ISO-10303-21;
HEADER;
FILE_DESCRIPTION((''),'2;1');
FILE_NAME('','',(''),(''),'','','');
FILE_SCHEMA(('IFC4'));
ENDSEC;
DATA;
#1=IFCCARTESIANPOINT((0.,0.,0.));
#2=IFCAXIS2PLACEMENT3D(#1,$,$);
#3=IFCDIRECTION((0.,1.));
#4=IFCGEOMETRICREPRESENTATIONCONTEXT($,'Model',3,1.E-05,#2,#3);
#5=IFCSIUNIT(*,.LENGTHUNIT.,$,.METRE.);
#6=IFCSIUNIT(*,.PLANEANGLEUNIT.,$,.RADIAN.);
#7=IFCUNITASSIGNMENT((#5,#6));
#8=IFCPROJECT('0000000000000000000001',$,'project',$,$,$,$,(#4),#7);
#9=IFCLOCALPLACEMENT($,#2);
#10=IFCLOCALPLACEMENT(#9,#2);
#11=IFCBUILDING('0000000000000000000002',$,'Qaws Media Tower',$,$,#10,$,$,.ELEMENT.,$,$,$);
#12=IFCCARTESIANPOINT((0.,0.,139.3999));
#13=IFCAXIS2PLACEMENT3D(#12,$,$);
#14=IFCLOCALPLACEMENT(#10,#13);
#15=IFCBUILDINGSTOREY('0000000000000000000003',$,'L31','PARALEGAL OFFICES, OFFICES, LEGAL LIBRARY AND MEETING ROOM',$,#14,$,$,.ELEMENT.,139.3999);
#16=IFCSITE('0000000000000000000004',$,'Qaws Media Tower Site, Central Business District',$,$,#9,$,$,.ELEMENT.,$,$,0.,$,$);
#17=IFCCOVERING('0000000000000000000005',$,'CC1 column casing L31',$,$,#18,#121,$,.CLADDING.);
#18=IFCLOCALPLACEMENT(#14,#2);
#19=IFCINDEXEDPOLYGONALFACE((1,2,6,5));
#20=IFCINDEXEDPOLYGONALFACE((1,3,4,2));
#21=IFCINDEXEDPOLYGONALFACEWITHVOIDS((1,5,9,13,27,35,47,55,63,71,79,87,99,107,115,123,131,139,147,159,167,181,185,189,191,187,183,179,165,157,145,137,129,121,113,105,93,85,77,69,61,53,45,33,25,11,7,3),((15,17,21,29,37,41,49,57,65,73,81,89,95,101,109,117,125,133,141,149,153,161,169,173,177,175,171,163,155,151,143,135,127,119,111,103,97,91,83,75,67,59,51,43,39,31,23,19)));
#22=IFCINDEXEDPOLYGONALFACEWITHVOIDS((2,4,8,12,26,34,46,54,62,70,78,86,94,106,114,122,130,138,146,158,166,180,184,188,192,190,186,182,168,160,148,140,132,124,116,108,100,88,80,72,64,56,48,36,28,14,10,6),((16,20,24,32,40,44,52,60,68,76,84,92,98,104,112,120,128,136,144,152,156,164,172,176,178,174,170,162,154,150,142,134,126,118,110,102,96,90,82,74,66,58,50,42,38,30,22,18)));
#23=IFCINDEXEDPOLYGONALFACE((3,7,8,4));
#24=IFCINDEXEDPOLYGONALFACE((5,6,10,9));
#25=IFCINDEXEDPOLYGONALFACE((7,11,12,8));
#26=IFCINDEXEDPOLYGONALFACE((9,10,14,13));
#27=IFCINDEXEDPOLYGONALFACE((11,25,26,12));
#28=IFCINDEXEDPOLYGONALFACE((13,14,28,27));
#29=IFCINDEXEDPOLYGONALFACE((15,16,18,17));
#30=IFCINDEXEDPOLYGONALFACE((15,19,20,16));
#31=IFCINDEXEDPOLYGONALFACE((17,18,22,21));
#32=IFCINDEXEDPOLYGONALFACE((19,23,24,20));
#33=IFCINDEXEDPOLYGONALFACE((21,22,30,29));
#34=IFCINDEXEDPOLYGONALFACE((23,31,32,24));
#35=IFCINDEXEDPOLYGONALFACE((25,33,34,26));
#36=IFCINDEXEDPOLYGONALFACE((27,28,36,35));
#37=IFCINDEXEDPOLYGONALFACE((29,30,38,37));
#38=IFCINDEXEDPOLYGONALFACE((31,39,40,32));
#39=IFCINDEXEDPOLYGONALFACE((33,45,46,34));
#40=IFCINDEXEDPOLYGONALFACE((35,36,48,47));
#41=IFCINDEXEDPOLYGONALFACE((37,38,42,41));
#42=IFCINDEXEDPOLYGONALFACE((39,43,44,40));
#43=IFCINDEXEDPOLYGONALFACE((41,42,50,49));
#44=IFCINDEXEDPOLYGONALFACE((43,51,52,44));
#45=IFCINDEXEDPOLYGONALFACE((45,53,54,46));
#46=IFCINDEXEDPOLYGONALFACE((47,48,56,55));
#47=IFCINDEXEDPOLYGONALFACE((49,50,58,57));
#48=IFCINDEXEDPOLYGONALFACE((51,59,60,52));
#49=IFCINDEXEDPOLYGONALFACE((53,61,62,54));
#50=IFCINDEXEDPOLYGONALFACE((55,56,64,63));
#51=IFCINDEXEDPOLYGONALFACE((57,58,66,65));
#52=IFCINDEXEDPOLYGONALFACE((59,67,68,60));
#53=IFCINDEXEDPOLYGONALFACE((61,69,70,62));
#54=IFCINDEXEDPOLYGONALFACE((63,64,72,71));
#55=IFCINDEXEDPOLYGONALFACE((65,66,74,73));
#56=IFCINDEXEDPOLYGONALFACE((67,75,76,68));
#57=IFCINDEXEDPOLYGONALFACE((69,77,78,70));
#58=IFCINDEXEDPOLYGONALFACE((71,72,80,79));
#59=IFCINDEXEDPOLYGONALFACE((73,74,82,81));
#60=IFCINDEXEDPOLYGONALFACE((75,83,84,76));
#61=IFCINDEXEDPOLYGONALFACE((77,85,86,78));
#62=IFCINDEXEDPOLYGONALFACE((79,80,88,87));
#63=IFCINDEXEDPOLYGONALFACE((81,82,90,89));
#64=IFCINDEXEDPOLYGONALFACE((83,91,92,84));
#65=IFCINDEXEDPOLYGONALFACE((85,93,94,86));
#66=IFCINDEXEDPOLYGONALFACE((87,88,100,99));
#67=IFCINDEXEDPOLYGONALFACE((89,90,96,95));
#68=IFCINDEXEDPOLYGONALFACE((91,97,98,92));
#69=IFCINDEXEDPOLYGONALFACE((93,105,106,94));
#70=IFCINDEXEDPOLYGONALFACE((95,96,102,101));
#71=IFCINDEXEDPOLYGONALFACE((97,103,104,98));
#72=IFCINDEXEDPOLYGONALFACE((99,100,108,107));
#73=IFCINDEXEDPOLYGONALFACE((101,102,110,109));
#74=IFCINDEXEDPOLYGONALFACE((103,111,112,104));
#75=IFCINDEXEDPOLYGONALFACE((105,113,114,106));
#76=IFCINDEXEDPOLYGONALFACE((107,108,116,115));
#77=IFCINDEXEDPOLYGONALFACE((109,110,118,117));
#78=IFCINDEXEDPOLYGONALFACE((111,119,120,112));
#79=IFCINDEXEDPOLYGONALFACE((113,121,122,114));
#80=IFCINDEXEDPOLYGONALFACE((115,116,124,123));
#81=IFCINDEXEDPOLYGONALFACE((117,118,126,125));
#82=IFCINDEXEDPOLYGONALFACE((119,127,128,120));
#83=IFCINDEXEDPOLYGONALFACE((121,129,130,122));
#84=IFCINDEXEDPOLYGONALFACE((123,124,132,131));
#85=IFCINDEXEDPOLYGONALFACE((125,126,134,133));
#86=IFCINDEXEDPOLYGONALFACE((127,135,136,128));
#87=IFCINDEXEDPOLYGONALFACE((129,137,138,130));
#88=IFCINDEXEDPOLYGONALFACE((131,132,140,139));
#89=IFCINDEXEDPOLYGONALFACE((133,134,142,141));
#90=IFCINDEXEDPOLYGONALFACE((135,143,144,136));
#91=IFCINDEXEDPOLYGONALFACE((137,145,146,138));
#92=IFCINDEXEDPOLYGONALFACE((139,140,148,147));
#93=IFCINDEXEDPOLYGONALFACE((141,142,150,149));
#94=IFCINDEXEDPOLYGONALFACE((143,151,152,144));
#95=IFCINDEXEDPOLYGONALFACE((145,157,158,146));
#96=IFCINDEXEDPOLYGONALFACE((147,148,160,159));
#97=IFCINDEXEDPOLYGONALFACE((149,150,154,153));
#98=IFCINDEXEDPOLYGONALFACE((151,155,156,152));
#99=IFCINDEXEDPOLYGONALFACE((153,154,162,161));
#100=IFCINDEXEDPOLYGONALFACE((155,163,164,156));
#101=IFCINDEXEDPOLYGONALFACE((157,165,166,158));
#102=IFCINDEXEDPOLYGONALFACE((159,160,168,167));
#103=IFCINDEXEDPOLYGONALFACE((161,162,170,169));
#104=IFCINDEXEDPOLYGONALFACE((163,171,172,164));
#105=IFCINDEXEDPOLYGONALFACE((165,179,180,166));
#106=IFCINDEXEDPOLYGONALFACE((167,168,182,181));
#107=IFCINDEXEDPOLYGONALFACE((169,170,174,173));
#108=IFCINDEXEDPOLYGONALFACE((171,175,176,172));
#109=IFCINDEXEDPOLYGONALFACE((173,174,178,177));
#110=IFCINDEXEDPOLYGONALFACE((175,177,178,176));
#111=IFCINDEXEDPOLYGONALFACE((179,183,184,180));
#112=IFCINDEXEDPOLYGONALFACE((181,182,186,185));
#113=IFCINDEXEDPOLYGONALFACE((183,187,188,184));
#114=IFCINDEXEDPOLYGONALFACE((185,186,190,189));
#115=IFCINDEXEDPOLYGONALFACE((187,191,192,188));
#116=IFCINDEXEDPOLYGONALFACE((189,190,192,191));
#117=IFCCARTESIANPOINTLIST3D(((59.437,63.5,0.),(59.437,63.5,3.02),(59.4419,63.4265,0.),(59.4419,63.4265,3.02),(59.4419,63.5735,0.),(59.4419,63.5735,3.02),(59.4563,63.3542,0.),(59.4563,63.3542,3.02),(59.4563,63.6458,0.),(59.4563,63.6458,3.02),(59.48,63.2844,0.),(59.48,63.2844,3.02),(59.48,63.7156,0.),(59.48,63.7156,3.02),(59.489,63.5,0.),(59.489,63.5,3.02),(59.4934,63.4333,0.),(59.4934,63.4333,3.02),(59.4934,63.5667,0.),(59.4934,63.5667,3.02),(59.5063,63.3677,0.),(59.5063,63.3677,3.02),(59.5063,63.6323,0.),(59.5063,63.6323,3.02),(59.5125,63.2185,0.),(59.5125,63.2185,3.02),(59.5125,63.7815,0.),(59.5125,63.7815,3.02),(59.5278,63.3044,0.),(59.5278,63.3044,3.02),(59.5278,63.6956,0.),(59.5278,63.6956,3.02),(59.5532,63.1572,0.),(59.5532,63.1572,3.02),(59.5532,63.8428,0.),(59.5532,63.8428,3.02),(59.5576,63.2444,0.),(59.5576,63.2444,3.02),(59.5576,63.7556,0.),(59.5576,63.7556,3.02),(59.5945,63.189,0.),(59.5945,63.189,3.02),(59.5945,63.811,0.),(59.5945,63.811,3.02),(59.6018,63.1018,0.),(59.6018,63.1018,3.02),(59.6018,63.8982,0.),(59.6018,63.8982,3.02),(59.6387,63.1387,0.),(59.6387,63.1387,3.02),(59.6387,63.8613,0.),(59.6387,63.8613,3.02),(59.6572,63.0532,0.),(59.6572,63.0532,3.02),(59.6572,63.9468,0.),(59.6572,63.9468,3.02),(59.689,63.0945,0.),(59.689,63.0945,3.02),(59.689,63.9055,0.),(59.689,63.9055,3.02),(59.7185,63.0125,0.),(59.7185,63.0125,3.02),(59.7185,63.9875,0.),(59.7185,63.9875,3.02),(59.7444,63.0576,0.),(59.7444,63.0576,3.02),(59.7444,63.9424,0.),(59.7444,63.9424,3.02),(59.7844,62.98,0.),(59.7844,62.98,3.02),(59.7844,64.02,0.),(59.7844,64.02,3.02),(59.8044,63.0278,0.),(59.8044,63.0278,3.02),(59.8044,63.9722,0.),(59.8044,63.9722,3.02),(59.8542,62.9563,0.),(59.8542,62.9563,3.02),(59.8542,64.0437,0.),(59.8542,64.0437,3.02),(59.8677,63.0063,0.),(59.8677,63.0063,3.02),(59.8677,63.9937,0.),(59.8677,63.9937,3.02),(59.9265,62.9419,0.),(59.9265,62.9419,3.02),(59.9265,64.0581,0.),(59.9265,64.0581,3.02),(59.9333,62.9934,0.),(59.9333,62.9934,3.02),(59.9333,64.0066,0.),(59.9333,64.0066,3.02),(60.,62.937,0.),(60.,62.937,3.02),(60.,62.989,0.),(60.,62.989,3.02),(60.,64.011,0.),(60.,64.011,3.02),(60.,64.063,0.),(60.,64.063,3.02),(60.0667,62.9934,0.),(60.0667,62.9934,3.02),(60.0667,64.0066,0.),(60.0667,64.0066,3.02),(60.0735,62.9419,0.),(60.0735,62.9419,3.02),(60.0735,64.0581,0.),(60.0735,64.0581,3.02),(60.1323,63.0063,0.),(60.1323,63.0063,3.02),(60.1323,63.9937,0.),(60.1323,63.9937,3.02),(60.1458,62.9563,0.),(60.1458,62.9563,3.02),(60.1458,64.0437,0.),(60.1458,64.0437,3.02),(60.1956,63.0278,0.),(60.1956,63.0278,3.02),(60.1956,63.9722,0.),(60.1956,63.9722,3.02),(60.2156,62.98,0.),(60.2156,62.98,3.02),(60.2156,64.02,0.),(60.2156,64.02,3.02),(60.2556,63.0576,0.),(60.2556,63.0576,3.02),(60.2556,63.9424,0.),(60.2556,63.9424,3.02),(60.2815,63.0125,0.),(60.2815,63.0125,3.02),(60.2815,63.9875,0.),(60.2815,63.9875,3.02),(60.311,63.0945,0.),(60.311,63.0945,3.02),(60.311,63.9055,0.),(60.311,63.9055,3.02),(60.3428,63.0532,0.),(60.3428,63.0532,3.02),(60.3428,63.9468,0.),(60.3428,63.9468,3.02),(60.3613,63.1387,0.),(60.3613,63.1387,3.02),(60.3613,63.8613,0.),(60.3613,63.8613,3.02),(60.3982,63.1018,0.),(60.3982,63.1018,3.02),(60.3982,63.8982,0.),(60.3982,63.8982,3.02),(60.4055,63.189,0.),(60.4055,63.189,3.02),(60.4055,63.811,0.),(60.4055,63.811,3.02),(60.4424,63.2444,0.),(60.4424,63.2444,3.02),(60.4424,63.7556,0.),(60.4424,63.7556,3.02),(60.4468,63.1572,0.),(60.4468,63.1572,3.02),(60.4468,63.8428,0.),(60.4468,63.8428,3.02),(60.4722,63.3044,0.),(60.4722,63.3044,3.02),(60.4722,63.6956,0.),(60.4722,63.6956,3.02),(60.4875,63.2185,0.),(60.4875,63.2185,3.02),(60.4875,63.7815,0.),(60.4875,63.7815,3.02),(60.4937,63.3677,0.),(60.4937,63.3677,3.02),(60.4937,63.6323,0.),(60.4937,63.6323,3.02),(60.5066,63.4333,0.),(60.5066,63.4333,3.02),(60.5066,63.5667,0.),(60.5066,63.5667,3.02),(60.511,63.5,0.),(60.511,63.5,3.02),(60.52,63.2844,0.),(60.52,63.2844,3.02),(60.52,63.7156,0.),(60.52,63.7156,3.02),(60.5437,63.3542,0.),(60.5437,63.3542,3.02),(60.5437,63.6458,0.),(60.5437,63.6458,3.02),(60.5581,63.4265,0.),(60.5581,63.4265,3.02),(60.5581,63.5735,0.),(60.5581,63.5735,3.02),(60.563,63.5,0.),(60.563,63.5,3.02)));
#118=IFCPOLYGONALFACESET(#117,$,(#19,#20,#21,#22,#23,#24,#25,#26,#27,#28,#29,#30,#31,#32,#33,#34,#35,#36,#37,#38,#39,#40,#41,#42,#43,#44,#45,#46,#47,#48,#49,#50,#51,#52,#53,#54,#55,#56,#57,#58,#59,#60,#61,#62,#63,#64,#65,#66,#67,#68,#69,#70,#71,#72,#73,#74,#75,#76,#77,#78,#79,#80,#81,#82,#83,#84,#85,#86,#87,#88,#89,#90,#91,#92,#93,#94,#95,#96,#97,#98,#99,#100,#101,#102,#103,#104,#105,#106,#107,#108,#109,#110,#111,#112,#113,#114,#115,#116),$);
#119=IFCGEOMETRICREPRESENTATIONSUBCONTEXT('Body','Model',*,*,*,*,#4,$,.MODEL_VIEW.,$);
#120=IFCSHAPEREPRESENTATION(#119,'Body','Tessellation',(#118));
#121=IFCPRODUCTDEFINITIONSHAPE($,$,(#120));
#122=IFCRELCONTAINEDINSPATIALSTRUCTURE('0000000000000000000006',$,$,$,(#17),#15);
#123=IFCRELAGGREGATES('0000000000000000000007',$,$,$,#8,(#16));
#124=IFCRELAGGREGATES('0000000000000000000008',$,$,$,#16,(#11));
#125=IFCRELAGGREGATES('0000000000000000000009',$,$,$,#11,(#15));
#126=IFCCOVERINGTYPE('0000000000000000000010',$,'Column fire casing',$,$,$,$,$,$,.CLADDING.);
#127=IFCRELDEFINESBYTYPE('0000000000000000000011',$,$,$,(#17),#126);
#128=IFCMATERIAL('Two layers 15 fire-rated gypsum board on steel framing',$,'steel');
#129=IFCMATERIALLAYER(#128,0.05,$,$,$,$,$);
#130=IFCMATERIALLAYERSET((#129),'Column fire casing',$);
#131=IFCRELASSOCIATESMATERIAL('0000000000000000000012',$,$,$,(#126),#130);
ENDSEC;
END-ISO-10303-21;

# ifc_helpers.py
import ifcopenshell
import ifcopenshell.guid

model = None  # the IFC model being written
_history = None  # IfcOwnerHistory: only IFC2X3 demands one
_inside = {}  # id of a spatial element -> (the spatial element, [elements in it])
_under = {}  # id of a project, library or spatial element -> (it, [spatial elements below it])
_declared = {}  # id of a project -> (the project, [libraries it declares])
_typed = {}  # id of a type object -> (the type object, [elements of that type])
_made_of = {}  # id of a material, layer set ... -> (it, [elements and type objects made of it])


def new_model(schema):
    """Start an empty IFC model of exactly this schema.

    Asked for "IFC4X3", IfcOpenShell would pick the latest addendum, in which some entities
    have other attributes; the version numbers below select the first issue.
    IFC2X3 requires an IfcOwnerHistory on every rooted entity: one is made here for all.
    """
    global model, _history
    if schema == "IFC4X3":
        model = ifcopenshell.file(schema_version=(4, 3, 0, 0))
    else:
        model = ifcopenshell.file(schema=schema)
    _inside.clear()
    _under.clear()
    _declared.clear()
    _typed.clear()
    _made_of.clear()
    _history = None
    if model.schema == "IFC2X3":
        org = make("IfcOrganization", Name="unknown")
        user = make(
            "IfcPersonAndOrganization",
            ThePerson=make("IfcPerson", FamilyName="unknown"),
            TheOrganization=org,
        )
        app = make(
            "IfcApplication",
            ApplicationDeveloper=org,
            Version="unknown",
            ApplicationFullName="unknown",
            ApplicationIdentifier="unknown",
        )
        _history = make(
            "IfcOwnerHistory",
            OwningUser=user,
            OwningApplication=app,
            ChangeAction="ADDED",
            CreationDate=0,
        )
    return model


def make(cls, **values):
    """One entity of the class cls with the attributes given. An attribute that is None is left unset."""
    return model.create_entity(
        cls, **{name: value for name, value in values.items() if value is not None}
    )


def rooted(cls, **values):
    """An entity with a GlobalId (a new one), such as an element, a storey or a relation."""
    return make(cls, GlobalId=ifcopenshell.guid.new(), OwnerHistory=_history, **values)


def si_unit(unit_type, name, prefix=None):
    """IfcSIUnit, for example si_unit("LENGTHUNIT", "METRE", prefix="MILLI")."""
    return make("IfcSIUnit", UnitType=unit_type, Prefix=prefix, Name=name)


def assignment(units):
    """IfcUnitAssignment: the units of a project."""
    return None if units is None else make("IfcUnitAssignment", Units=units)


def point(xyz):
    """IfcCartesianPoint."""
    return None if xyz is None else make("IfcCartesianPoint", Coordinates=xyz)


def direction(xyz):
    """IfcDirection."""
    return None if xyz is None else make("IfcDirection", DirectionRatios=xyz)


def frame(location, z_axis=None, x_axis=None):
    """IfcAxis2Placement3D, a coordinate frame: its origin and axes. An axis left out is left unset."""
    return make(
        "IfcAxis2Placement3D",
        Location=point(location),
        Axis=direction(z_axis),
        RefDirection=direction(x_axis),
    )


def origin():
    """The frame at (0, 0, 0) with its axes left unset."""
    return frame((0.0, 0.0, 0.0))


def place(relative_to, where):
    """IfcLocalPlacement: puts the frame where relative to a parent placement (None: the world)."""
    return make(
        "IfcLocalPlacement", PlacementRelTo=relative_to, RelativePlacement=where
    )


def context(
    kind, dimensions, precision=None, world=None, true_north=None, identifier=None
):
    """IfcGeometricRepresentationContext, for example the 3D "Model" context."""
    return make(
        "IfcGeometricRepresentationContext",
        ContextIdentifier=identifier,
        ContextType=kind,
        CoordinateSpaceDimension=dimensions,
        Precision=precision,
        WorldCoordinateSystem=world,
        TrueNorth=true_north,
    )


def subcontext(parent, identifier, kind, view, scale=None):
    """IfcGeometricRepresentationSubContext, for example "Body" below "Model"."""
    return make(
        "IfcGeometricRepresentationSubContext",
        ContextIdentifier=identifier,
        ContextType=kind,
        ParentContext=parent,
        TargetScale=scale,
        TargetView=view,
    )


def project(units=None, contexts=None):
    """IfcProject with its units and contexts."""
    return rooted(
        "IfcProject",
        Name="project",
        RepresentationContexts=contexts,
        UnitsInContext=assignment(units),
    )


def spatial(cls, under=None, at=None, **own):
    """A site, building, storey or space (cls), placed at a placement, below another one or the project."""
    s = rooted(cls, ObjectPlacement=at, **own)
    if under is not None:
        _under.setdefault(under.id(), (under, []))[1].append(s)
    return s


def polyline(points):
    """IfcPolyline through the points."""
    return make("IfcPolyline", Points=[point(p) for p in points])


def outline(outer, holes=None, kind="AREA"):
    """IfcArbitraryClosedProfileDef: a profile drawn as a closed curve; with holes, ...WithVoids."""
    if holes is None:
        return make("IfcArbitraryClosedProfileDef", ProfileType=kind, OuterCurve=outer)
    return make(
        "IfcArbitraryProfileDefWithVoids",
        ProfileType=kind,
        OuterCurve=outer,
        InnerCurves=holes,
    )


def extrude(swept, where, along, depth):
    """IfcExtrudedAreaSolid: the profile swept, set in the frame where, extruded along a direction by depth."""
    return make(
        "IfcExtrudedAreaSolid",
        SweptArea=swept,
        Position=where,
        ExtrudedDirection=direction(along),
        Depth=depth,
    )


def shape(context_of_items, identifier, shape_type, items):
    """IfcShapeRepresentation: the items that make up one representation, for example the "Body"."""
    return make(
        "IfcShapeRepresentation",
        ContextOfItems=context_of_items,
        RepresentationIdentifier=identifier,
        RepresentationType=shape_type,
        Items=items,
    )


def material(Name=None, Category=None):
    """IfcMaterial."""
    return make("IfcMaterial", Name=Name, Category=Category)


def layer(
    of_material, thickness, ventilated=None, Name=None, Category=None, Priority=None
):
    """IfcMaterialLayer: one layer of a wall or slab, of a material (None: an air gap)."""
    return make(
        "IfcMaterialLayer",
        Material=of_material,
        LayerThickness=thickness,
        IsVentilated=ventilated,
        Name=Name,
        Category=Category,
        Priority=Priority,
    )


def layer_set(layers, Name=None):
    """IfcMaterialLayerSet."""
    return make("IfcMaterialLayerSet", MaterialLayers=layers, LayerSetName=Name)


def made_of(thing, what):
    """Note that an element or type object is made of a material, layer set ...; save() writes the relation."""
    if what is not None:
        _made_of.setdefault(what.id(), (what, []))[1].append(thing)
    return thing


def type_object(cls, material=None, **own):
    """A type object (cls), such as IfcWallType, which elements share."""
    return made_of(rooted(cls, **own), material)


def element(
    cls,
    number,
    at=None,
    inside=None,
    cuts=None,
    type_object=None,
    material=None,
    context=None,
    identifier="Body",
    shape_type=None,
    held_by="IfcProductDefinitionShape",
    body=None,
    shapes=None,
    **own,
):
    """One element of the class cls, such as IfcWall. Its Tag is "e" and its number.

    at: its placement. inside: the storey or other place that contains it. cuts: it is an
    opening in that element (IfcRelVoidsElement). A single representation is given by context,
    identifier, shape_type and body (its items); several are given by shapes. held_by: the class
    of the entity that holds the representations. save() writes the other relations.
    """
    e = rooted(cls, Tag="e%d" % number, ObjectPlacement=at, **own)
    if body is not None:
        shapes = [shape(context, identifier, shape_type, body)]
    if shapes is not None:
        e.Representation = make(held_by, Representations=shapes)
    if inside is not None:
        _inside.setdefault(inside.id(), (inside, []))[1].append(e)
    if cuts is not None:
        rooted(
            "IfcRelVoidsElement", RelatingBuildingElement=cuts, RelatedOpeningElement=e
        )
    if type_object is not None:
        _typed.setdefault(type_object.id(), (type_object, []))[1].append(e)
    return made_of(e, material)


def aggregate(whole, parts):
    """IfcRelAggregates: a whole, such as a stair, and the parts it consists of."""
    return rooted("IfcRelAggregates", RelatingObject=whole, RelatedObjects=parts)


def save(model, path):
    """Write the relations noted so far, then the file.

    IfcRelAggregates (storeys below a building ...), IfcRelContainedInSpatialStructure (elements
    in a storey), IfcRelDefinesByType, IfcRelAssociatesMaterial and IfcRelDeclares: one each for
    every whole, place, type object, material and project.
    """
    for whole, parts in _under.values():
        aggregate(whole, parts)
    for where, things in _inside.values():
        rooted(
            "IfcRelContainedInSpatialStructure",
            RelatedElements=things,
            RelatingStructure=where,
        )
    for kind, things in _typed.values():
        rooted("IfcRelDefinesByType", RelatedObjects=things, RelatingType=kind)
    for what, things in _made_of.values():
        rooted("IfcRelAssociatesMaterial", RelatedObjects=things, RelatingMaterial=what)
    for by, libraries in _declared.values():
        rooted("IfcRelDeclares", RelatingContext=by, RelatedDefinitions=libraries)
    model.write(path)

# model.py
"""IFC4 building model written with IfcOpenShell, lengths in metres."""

from ifc_helpers import new_model, si_unit, direction, frame, origin, place, context, subcontext, project, spatial, polyline, outline, extrude, material, layer, layer_set, type_object, element, save


model = new_model("IFC4")

# Units and contexts
model_context = context("Model", 3, precision=1e-05, world=origin(), true_north=direction((0.0, 1.0)))
body_context = subcontext(model_context, "Body", "Model", "MODEL_VIEW")
ifc_project = project(units=[si_unit("LENGTHUNIT", "METRE"), si_unit("PLANEANGLEUNIT", "RADIAN")], contexts=[model_context])

# Site, building, storey
site_placement = place(None, origin())
site = spatial("IfcSite", under=ifc_project, at=site_placement, Name="Qaws Media Tower Site, Central Business District", CompositionType="ELEMENT", RefElevation=0.0)
building_placement = place(site_placement, origin())
building = spatial("IfcBuilding", under=site, at=building_placement, Name="Qaws Media Tower", CompositionType="ELEMENT")
storey_placement = place(building_placement, frame((0.0, 0.0, 139.3999)))
storey = spatial("IfcBuildingStorey", under=building, at=storey_placement, Name="L31", Description="PARALEGAL OFFICES, OFFICES, LEGAL LIBRARY AND MEETING ROOM", CompositionType="ELEMENT", Elevation=139.3999)

# Covering
ifc_material_1 = material(Name="Two layers 15 fire-rated gypsum board on steel framing", Category="steel")
ifc_layer_1 = layer(ifc_material_1, 0.05)
ifc_layer_set_1 = layer_set([ifc_layer_1], Name="Column fire casing")
covering_type = type_object("IfcCoveringType", Name="Column fire casing", PredefinedType="CLADDING", material=ifc_layer_set_1)
covering_1_placement = place(storey_placement, origin())
element("IfcCovering", 1, at=covering_1_placement, inside=storey, type_object=covering_type, Name="CC1 column casing L31", PredefinedType="CLADDING", context=body_context, shape_type="SweptSolid", body=[
    extrude(outline(polyline([(60.563, 63.5), (60.5581, 63.4265), (60.5437, 63.3542), (60.52, 63.2844), (60.4875, 63.2185), (60.4468, 63.1572), (60.3982, 63.1018), (60.3428, 63.0532), (60.2815, 63.0125), (60.2156, 62.98), (60.1458, 62.9563), (60.0735, 62.9419), (60.0, 62.937), (59.9265, 62.9419), (59.8542, 62.9563), (59.7844, 62.98), (59.7185, 63.0125), (59.6572, 63.0532), (59.6018, 63.1018), (59.5532, 63.1572), (59.5125, 63.2185), (59.48, 63.2844), (59.4563, 63.3542), (59.4419, 63.4265), (59.437, 63.5), (59.4419, 63.5735), (59.4563, 63.6458), (59.48, 63.7156), (59.5125, 63.7815), (59.5532, 63.8428), (59.6018, 63.8982), (59.6572, 63.9468), (59.7185, 63.9875), (59.7844, 64.02), (59.8542, 64.0437), (59.9265, 64.0581), (60.0, 64.063), (60.0735, 64.0581), (60.1458, 64.0437), (60.2156, 64.02), (60.2815, 63.9875), (60.3428, 63.9468), (60.3982, 63.8982), (60.4468, 63.8428), (60.4875, 63.7815), (60.52, 63.7156), (60.5437, 63.6458), (60.5581, 63.5735), (60.563, 63.5)]), holes=[polyline([(60.511, 63.5), (60.5066, 63.4333), (60.4937, 63.3677), (60.4722, 63.3044), (60.4424, 63.2444), (60.4055, 63.189), (60.3613, 63.1387), (60.311, 63.0945), (60.2556, 63.0576), (60.1956, 63.0278), (60.1323, 63.0063), (60.0667, 62.9934), (60.0, 62.989), (59.9333, 62.9934), (59.8677, 63.0063), (59.8044, 63.0278), (59.7444, 63.0576), (59.689, 63.0945), (59.6387, 63.1387), (59.5945, 63.189), (59.5576, 63.2444), (59.5278, 63.3044), (59.5063, 63.3677), (59.4934, 63.4333), (59.489, 63.5), (59.4934, 63.5667), (59.5063, 63.6323), (59.5278, 63.6956), (59.5576, 63.7556), (59.5945, 63.811), (59.6387, 63.8613), (59.689, 63.9055), (59.7444, 63.9424), (59.8044, 63.9722), (59.8677, 63.9937), (59.9333, 64.0066), (60.0, 64.011), (60.0667, 64.0066), (60.1323, 63.9937), (60.1956, 63.9722), (60.2556, 63.9424), (60.311, 63.9055), (60.3613, 63.8613), (60.4055, 63.811), (60.4424, 63.7556), (60.4722, 63.6956), (60.4937, 63.6323), (60.5066, 63.5667), (60.511, 63.5)])]), origin(), (0.0, 0.0, 1.0), 3.02),
])

save(model, "model.ifc")
